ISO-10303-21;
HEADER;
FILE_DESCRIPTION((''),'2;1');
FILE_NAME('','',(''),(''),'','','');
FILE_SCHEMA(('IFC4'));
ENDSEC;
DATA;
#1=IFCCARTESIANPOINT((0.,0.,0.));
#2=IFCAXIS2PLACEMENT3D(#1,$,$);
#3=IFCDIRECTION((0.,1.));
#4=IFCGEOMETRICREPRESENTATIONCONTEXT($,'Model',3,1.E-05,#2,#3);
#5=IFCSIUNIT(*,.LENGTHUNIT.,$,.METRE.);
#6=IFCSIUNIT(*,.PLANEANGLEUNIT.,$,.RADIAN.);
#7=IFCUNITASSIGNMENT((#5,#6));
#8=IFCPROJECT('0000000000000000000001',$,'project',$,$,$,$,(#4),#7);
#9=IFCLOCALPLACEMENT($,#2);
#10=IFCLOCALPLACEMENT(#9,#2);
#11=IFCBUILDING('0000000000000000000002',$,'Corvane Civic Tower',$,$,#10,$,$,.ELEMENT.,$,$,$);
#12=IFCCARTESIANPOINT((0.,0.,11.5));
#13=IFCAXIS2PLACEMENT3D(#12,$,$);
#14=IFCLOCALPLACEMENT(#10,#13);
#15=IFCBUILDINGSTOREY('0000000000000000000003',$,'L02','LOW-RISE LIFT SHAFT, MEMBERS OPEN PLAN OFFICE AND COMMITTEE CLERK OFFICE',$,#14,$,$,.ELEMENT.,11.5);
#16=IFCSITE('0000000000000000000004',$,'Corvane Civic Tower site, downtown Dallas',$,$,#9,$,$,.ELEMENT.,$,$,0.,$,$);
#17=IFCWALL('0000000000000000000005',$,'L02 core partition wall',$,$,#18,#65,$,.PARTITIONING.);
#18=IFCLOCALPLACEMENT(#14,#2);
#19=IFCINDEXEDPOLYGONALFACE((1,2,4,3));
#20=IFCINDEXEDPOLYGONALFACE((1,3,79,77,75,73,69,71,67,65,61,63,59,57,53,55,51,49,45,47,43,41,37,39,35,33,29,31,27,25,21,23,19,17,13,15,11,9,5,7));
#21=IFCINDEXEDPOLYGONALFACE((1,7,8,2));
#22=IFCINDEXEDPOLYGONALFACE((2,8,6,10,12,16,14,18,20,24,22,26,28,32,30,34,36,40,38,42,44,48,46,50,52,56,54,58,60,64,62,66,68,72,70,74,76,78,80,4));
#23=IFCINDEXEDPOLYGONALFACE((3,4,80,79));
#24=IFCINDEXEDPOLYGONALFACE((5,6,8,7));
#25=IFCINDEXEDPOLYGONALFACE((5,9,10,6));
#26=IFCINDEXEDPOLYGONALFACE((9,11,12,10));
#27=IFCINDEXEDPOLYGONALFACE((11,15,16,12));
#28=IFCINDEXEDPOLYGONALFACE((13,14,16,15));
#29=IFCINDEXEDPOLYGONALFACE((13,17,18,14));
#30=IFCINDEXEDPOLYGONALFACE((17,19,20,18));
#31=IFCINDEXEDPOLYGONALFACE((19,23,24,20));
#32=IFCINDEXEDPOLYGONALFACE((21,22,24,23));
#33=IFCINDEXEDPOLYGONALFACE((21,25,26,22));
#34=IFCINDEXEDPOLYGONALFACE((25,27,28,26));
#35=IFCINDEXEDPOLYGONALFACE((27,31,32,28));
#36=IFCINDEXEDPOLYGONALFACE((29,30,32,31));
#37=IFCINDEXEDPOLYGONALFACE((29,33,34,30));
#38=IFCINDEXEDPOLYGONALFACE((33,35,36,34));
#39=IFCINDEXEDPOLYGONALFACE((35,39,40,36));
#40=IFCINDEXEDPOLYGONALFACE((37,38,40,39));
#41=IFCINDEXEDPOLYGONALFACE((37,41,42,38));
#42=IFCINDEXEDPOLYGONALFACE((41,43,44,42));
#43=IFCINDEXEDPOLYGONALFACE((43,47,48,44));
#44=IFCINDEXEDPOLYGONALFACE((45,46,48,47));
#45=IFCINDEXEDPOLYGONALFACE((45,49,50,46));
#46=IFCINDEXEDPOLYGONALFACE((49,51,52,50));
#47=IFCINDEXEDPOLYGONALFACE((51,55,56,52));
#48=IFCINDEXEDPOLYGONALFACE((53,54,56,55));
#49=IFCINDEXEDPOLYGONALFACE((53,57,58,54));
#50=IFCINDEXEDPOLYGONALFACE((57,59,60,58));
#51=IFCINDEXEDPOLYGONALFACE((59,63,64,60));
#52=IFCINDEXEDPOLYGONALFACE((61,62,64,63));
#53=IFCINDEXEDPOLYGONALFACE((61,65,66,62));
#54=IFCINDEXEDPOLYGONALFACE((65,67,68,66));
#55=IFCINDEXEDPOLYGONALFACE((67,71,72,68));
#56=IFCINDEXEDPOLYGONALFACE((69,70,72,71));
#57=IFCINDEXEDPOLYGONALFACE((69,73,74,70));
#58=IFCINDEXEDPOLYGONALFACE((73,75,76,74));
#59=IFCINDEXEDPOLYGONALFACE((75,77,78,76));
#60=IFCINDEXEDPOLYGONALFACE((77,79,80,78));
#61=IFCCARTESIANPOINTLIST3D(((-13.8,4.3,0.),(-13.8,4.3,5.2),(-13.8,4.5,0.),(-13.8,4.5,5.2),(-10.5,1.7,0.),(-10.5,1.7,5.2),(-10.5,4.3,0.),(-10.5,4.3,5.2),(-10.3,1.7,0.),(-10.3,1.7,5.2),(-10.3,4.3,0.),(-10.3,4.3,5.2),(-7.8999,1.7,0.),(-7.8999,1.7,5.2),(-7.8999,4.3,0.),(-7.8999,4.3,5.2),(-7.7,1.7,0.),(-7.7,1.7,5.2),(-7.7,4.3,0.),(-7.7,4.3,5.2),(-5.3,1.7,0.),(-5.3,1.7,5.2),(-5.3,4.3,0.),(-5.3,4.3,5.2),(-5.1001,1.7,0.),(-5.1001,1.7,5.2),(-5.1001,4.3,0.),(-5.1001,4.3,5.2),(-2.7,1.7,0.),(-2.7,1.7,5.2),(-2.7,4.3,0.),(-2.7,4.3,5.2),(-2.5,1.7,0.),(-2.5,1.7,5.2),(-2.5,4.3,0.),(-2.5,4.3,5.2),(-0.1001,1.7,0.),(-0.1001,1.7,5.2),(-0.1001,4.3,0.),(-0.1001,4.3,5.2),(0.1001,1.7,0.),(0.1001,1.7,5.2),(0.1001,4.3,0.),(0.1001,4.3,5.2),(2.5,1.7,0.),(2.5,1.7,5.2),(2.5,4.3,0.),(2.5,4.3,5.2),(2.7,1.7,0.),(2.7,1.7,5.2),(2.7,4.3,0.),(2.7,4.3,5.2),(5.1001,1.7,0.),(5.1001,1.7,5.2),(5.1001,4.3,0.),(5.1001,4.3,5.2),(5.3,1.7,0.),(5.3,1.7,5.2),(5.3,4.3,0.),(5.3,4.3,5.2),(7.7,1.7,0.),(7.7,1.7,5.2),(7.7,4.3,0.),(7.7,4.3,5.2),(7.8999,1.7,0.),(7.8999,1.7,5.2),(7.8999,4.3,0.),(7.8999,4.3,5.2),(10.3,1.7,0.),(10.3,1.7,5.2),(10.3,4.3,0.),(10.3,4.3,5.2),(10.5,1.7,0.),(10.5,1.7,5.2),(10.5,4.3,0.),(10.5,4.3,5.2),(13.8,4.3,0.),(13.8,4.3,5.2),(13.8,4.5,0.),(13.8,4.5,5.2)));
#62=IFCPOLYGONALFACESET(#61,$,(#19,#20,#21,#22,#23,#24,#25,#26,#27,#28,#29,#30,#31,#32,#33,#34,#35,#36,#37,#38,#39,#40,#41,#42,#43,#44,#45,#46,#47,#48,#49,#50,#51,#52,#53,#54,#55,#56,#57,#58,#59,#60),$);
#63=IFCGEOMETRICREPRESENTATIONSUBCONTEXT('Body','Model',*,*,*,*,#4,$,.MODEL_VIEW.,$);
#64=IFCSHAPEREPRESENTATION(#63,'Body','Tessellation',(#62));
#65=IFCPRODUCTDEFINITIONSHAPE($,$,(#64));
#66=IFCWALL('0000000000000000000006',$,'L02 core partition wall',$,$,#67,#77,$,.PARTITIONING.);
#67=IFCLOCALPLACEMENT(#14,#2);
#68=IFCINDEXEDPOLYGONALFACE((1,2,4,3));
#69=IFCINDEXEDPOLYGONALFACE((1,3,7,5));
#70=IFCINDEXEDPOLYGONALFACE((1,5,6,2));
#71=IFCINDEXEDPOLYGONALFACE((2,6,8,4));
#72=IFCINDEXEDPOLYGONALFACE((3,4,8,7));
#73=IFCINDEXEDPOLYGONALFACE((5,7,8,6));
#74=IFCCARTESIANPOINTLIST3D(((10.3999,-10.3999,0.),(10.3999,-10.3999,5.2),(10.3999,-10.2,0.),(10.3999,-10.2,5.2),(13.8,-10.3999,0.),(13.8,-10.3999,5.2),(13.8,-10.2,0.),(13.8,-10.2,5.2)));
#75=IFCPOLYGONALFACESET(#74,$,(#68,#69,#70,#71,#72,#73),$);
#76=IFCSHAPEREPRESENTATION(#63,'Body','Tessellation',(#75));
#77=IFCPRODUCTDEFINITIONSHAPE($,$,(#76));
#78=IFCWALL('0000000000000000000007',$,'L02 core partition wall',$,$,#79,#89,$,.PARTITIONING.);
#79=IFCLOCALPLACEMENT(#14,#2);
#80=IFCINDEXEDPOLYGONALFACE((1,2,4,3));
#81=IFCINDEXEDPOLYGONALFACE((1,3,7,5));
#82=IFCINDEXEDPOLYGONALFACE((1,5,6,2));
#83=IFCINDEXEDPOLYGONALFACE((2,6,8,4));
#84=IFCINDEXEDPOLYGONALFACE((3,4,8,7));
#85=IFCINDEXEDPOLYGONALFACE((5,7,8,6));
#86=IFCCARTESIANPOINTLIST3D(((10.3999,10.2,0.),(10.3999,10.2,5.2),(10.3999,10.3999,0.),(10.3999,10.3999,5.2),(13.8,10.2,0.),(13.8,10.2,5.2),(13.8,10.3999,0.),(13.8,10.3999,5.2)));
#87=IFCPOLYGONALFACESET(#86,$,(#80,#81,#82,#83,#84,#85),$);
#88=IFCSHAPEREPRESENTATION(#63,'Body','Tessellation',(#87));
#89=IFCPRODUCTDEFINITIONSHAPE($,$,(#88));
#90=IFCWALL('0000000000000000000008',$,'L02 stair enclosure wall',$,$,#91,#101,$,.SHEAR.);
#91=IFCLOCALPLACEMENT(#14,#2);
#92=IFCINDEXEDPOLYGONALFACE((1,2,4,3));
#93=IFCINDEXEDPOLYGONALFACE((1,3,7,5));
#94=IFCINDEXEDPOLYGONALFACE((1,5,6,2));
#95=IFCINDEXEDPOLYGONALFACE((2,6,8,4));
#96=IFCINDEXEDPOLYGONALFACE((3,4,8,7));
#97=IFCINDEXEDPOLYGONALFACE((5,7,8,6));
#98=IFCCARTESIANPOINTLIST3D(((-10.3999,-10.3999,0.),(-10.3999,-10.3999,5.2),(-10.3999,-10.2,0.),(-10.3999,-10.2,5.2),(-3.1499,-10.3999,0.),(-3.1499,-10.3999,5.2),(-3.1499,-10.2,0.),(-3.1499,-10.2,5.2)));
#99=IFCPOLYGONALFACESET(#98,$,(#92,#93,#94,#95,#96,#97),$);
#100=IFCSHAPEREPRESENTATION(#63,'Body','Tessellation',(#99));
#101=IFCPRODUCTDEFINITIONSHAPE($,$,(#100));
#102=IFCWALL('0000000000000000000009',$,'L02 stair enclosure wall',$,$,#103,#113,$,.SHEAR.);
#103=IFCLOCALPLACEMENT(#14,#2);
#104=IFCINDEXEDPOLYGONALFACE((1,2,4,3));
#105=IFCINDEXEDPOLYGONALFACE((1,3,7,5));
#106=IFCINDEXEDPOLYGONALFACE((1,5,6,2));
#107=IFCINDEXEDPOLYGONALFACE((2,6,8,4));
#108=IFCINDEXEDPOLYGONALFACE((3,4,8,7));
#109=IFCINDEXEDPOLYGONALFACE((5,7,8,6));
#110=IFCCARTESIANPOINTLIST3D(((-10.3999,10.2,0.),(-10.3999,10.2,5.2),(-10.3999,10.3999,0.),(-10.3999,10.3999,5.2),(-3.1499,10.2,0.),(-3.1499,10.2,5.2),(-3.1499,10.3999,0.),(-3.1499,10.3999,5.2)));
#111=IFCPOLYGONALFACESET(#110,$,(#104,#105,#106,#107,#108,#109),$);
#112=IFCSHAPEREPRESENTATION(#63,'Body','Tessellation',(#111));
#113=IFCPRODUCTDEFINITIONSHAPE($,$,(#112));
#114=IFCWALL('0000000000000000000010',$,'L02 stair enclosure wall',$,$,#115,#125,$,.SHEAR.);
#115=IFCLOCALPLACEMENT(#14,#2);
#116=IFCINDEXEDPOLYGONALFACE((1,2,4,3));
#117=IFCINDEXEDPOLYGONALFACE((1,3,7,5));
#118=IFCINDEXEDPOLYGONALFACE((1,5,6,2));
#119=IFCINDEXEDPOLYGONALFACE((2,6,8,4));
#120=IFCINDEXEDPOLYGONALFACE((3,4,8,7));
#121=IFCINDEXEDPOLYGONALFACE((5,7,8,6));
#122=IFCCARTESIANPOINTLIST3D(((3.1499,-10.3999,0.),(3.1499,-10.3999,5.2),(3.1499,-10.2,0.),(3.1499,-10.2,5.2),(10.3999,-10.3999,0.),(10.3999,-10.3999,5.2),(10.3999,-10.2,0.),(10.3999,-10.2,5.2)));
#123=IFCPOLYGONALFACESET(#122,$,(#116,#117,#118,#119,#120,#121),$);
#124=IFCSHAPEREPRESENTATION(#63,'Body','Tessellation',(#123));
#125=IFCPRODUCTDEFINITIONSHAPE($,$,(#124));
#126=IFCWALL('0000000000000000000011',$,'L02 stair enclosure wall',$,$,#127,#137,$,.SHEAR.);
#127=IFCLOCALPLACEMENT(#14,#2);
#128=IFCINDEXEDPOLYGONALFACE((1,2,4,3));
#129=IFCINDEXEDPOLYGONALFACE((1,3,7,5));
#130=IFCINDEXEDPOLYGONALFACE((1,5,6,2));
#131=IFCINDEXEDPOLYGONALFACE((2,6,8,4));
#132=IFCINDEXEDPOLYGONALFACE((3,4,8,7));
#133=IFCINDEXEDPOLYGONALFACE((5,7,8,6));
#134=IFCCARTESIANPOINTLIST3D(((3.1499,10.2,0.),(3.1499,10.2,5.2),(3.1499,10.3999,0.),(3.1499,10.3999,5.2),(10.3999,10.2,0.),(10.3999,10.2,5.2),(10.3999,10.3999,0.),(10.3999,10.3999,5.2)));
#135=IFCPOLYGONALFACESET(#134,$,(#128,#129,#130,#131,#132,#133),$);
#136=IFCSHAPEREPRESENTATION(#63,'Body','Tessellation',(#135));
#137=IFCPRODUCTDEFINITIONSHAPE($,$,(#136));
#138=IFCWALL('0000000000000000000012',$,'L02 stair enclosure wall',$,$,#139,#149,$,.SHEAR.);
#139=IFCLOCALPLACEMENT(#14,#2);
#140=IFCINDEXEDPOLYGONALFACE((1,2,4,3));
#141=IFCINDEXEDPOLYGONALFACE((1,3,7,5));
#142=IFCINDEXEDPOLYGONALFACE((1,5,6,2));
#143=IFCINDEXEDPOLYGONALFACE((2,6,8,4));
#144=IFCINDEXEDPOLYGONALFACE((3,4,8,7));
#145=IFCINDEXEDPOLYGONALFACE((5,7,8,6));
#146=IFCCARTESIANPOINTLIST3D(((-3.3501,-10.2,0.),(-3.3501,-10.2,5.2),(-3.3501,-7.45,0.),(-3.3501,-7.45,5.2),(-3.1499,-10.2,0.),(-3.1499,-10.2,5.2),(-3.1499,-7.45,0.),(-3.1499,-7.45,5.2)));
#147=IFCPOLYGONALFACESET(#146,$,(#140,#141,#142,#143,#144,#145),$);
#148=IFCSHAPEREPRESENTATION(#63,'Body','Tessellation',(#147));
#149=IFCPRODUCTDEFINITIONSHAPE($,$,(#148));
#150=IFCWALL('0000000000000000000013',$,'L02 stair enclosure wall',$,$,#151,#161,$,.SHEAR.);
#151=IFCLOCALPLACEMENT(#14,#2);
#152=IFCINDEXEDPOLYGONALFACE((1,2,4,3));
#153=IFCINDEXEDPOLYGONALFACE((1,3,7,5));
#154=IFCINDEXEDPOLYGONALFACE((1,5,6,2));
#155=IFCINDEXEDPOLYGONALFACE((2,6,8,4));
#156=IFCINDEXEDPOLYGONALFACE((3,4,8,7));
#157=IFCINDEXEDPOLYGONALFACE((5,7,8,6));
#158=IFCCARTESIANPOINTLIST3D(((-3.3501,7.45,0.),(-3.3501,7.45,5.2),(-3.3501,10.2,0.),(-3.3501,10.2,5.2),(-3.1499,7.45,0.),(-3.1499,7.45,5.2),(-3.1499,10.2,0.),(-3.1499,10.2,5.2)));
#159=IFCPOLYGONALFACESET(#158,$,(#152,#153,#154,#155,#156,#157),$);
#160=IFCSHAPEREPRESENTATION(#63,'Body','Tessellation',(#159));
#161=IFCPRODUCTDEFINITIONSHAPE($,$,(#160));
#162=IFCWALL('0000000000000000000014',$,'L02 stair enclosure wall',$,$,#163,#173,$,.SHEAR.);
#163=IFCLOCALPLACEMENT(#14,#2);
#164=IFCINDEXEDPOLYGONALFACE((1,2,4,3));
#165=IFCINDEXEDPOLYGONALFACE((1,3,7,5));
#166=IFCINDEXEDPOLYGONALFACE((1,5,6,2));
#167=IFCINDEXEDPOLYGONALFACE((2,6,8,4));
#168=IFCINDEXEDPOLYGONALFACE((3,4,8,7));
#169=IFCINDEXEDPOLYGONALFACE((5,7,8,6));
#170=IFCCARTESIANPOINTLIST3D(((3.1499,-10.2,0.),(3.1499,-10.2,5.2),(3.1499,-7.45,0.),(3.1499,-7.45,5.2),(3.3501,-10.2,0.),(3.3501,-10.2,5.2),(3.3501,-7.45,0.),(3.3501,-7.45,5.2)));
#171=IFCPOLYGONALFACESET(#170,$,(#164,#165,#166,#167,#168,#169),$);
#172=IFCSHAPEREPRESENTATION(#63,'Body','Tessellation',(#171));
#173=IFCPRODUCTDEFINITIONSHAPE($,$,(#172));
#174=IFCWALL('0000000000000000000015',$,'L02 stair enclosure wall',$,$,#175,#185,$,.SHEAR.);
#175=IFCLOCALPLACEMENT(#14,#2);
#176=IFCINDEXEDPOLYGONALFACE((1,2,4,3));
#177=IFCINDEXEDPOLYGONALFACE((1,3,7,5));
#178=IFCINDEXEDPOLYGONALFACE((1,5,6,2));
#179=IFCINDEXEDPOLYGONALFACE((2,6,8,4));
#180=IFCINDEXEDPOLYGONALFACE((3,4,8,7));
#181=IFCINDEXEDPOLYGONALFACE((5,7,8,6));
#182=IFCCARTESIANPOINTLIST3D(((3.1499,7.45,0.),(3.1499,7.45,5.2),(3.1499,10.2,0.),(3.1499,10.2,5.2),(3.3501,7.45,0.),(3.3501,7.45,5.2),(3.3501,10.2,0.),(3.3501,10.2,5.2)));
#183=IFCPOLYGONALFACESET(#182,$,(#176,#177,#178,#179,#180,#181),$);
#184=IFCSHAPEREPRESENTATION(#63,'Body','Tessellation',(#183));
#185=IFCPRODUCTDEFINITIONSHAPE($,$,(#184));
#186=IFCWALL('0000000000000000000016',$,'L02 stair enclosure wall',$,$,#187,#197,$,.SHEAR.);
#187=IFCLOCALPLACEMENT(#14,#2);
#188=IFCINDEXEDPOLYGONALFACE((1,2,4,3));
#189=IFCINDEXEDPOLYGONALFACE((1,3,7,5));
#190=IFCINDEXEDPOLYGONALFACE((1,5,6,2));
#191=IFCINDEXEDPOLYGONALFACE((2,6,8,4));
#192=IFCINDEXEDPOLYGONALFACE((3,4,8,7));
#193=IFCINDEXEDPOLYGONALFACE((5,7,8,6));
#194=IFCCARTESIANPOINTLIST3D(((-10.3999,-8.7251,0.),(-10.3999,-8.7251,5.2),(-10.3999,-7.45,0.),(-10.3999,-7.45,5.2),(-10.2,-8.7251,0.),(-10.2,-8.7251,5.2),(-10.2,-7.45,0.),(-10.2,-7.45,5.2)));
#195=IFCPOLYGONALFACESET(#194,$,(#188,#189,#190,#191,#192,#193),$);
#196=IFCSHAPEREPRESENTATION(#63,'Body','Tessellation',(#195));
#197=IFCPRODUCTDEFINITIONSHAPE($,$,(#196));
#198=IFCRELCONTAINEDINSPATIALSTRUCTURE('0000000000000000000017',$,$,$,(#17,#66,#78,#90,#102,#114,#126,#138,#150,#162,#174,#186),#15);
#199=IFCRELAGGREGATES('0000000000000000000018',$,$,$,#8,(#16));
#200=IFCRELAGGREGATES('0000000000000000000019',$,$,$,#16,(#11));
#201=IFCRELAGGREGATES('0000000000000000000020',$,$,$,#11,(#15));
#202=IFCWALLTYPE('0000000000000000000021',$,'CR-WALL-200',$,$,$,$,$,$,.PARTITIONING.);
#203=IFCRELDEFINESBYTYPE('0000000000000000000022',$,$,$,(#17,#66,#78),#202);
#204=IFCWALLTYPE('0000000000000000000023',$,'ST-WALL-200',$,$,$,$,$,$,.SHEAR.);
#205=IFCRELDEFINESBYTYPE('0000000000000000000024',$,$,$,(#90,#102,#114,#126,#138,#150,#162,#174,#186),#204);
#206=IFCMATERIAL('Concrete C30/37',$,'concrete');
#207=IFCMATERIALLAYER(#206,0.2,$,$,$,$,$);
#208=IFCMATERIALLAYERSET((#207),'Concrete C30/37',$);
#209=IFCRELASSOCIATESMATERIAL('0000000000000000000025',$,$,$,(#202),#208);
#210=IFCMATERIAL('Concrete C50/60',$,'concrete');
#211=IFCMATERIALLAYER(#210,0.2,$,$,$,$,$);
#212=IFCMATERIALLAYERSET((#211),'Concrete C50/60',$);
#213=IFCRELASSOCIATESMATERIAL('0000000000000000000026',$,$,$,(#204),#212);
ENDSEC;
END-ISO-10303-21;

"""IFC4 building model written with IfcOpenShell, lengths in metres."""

from ifc_helpers import new_model, si_unit, direction, frame, origin, place, context, subcontext, project, spatial, polyline, outline, extrude, material, layer, layer_set, type_object, element, save


model = new_model("IFC4")

# Units and contexts
model_context = context("Model", 3, precision=1e-05, world=origin(), true_north=direction((0.0, 1.0)))
body_context = subcontext(model_context, "Body", "Model", "MODEL_VIEW")
ifc_project = project(units=[si_unit("LENGTHUNIT", "METRE"), si_unit("PLANEANGLEUNIT", "RADIAN")], contexts=[model_context])

# Site, building, storey
site_placement = place(None, origin())
site = spatial("IfcSite", under=ifc_project, at=site_placement, Name="Corvane Civic Tower site, downtown Dallas", CompositionType="ELEMENT", RefElevation=0.0)
building_placement = place(site_placement, origin())
building = spatial("IfcBuilding", under=site, at=building_placement, Name="Corvane Civic Tower", CompositionType="ELEMENT")
storey_placement = place(building_placement, frame((0.0, 0.0, 11.5)))
storey = spatial("IfcBuildingStorey", under=building, at=storey_placement, Name="L02", Description="LOW-RISE LIFT SHAFT, MEMBERS OPEN PLAN OFFICE AND COMMITTEE CLERK OFFICE", CompositionType="ELEMENT", Elevation=11.5)

# Walls
ifc_material_1 = material(Name="Concrete C30/37", Category="concrete")
ifc_layer_1 = layer(ifc_material_1, 0.2)
ifc_layer_set_1 = layer_set([ifc_layer_1], Name="Concrete C30/37")
wall_type_1 = type_object("IfcWallType", Name="CR-WALL-200", PredefinedType="PARTITIONING", material=ifc_layer_set_1)
wall_1_placement = place(storey_placement, origin())
element("IfcWall", 1, at=wall_1_placement, inside=storey, type_object=wall_type_1, Name="L02 core partition wall", PredefinedType="PARTITIONING", context=body_context, shape_type="SweptSolid", body=[
    extrude(outline(polyline([(-7.7, 4.3), (-7.7, 1.7), (-7.8999, 1.7), (-7.8999, 4.3), (-10.3, 4.3), (-10.3, 1.7), (-10.5, 1.7), (-10.5, 4.3), (-13.8, 4.3), (-13.8, 4.5), (13.8, 4.5), (13.8, 4.3), (10.5, 4.3), (10.5, 1.7), (10.3, 1.7), (10.3, 4.3), (7.8999, 4.3), (7.8999, 1.7), (7.7, 1.7), (7.7, 4.3), (5.3, 4.3), (5.3, 1.7), (5.1001, 1.7), (5.1001, 4.3), (2.7, 4.3), (2.7, 1.7), (2.5, 1.7), (2.5, 4.3), (0.1001, 4.3), (0.1001, 1.7), (-0.1001, 1.7), (-0.1001, 4.3), (-2.5, 4.3), (-2.5, 1.7), (-2.7, 1.7), (-2.7, 4.3), (-5.1001, 4.3), (-5.1001, 1.7), (-5.3, 1.7), (-5.3, 4.3), (-7.7, 4.3)])), origin(), (0.0, 0.0, 1.0), 5.2),
])
wall_2_placement = place(storey_placement, origin())
element("IfcWall", 2, at=wall_2_placement, inside=storey, type_object=wall_type_1, Name="L02 core partition wall", PredefinedType="PARTITIONING", context=body_context, shape_type="SweptSolid", body=[
    extrude(outline(polyline([(13.8, -10.3999), (10.3999, -10.3999), (10.3999, -10.2), (13.8, -10.2), (13.8, -10.3999)])), origin(), (0.0, 0.0, 1.0), 5.2),
])
wall_3_placement = place(storey_placement, origin())
element("IfcWall", 3, at=wall_3_placement, inside=storey, type_object=wall_type_1, Name="L02 core partition wall", PredefinedType="PARTITIONING", context=body_context, shape_type="SweptSolid", body=[
    extrude(outline(polyline([(10.3999, 10.2), (10.3999, 10.3999), (13.8, 10.3999), (13.8, 10.2), (10.3999, 10.2)])), origin(), (0.0, 0.0, 1.0), 5.2),
])
ifc_material_2 = material(Name="Concrete C50/60", Category="concrete")
ifc_layer_2 = layer(ifc_material_2, 0.2)
ifc_layer_set_2 = layer_set([ifc_layer_2], Name="Concrete C50/60")
wall_type_2 = type_object("IfcWallType", Name="ST-WALL-200", PredefinedType="SHEAR", material=ifc_layer_set_2)
wall_4_placement = place(storey_placement, origin())
element("IfcWall", 4, at=wall_4_placement, inside=storey, type_object=wall_type_2, Name="L02 stair enclosure wall", PredefinedType="SHEAR", context=body_context, shape_type="SweptSolid", body=[
    extrude(outline(polyline([(-3.1499, -10.2), (-3.1499, -10.3999), (-10.3999, -10.3999), (-10.3999, -10.2), (-3.1499, -10.2)])), origin(), (0.0, 0.0, 1.0), 5.2),
])
wall_5_placement = place(storey_placement, origin())
element("IfcWall", 5, at=wall_5_placement, inside=storey, type_object=wall_type_2, Name="L02 stair enclosure wall", PredefinedType="SHEAR", context=body_context, shape_type="SweptSolid", body=[
    extrude(outline(polyline([(-3.1499, 10.2), (-10.3999, 10.2), (-10.3999, 10.3999), (-3.1499, 10.3999), (-3.1499, 10.2)])), origin(), (0.0, 0.0, 1.0), 5.2),
])
wall_6_placement = place(storey_placement, origin())
element("IfcWall", 6, at=wall_6_placement, inside=storey, type_object=wall_type_2, Name="L02 stair enclosure wall", PredefinedType="SHEAR", context=body_context, shape_type="SweptSolid", body=[
    extrude(outline(polyline([(10.3999, -10.3999), (3.1499, -10.3999), (3.1499, -10.2), (10.3999, -10.2), (10.3999, -10.3999)])), origin(), (0.0, 0.0, 1.0), 5.2),
])
wall_7_placement = place(storey_placement, origin())
element("IfcWall", 7, at=wall_7_placement, inside=storey, type_object=wall_type_2, Name="L02 stair enclosure wall", PredefinedType="SHEAR", context=body_context, shape_type="SweptSolid", body=[
    extrude(outline(polyline([(10.3999, 10.2), (3.1499, 10.2), (3.1499, 10.3999), (10.3999, 10.3999), (10.3999, 10.2)])), origin(), (0.0, 0.0, 1.0), 5.2),
])
wall_8_placement = place(storey_placement, origin())
element("IfcWall", 8, at=wall_8_placement, inside=storey, type_object=wall_type_2, Name="L02 stair enclosure wall", PredefinedType="SHEAR", context=body_context, shape_type="SweptSolid", body=[
    extrude(outline(polyline([(-3.1499, -7.45), (-3.1499, -10.2), (-3.3501, -10.2), (-3.3501, -7.45), (-3.1499, -7.45)])), origin(), (0.0, 0.0, 1.0), 5.2),
])
wall_9_placement = place(storey_placement, origin())
element("IfcWall", 9, at=wall_9_placement, inside=storey, type_object=wall_type_2, Name="L02 stair enclosure wall", PredefinedType="SHEAR", context=body_context, shape_type="SweptSolid", body=[
    extrude(outline(polyline([(-3.1499, 7.45), (-3.3501, 7.45), (-3.3501, 10.2), (-3.1499, 10.2), (-3.1499, 7.45)])), origin(), (0.0, 0.0, 1.0), 5.2),
])
wall_10_placement = place(storey_placement, origin())
element("IfcWall", 10, at=wall_10_placement, inside=storey, type_object=wall_type_2, Name="L02 stair enclosure wall", PredefinedType="SHEAR", context=body_context, shape_type="SweptSolid", body=[
    extrude(outline(polyline([(3.3501, -7.45), (3.3501, -10.2), (3.1499, -10.2), (3.1499, -7.45), (3.3501, -7.45)])), origin(), (0.0, 0.0, 1.0), 5.2),
])
wall_11_placement = place(storey_placement, origin())
element("IfcWall", 11, at=wall_11_placement, inside=storey, type_object=wall_type_2, Name="L02 stair enclosure wall", PredefinedType="SHEAR", context=body_context, shape_type="SweptSolid", body=[
    extrude(outline(polyline([(3.3501, 7.45), (3.1499, 7.45), (3.1499, 10.2), (3.3501, 10.2), (3.3501, 7.45)])), origin(), (0.0, 0.0, 1.0), 5.2),
])
wall_12_placement = place(storey_placement, origin())
element("IfcWall", 12, at=wall_12_placement, inside=storey, type_object=wall_type_2, Name="L02 stair enclosure wall", PredefinedType="SHEAR", context=body_context, shape_type="SweptSolid", body=[
    extrude(outline(polyline([(-10.2, -7.45), (-10.2, -8.7251), (-10.3999, -8.7251), (-10.3999, -7.45), (-10.2, -7.45)])), origin(), (0.0, 0.0, 1.0), 5.2),
])

save(model, "model.ifc")
